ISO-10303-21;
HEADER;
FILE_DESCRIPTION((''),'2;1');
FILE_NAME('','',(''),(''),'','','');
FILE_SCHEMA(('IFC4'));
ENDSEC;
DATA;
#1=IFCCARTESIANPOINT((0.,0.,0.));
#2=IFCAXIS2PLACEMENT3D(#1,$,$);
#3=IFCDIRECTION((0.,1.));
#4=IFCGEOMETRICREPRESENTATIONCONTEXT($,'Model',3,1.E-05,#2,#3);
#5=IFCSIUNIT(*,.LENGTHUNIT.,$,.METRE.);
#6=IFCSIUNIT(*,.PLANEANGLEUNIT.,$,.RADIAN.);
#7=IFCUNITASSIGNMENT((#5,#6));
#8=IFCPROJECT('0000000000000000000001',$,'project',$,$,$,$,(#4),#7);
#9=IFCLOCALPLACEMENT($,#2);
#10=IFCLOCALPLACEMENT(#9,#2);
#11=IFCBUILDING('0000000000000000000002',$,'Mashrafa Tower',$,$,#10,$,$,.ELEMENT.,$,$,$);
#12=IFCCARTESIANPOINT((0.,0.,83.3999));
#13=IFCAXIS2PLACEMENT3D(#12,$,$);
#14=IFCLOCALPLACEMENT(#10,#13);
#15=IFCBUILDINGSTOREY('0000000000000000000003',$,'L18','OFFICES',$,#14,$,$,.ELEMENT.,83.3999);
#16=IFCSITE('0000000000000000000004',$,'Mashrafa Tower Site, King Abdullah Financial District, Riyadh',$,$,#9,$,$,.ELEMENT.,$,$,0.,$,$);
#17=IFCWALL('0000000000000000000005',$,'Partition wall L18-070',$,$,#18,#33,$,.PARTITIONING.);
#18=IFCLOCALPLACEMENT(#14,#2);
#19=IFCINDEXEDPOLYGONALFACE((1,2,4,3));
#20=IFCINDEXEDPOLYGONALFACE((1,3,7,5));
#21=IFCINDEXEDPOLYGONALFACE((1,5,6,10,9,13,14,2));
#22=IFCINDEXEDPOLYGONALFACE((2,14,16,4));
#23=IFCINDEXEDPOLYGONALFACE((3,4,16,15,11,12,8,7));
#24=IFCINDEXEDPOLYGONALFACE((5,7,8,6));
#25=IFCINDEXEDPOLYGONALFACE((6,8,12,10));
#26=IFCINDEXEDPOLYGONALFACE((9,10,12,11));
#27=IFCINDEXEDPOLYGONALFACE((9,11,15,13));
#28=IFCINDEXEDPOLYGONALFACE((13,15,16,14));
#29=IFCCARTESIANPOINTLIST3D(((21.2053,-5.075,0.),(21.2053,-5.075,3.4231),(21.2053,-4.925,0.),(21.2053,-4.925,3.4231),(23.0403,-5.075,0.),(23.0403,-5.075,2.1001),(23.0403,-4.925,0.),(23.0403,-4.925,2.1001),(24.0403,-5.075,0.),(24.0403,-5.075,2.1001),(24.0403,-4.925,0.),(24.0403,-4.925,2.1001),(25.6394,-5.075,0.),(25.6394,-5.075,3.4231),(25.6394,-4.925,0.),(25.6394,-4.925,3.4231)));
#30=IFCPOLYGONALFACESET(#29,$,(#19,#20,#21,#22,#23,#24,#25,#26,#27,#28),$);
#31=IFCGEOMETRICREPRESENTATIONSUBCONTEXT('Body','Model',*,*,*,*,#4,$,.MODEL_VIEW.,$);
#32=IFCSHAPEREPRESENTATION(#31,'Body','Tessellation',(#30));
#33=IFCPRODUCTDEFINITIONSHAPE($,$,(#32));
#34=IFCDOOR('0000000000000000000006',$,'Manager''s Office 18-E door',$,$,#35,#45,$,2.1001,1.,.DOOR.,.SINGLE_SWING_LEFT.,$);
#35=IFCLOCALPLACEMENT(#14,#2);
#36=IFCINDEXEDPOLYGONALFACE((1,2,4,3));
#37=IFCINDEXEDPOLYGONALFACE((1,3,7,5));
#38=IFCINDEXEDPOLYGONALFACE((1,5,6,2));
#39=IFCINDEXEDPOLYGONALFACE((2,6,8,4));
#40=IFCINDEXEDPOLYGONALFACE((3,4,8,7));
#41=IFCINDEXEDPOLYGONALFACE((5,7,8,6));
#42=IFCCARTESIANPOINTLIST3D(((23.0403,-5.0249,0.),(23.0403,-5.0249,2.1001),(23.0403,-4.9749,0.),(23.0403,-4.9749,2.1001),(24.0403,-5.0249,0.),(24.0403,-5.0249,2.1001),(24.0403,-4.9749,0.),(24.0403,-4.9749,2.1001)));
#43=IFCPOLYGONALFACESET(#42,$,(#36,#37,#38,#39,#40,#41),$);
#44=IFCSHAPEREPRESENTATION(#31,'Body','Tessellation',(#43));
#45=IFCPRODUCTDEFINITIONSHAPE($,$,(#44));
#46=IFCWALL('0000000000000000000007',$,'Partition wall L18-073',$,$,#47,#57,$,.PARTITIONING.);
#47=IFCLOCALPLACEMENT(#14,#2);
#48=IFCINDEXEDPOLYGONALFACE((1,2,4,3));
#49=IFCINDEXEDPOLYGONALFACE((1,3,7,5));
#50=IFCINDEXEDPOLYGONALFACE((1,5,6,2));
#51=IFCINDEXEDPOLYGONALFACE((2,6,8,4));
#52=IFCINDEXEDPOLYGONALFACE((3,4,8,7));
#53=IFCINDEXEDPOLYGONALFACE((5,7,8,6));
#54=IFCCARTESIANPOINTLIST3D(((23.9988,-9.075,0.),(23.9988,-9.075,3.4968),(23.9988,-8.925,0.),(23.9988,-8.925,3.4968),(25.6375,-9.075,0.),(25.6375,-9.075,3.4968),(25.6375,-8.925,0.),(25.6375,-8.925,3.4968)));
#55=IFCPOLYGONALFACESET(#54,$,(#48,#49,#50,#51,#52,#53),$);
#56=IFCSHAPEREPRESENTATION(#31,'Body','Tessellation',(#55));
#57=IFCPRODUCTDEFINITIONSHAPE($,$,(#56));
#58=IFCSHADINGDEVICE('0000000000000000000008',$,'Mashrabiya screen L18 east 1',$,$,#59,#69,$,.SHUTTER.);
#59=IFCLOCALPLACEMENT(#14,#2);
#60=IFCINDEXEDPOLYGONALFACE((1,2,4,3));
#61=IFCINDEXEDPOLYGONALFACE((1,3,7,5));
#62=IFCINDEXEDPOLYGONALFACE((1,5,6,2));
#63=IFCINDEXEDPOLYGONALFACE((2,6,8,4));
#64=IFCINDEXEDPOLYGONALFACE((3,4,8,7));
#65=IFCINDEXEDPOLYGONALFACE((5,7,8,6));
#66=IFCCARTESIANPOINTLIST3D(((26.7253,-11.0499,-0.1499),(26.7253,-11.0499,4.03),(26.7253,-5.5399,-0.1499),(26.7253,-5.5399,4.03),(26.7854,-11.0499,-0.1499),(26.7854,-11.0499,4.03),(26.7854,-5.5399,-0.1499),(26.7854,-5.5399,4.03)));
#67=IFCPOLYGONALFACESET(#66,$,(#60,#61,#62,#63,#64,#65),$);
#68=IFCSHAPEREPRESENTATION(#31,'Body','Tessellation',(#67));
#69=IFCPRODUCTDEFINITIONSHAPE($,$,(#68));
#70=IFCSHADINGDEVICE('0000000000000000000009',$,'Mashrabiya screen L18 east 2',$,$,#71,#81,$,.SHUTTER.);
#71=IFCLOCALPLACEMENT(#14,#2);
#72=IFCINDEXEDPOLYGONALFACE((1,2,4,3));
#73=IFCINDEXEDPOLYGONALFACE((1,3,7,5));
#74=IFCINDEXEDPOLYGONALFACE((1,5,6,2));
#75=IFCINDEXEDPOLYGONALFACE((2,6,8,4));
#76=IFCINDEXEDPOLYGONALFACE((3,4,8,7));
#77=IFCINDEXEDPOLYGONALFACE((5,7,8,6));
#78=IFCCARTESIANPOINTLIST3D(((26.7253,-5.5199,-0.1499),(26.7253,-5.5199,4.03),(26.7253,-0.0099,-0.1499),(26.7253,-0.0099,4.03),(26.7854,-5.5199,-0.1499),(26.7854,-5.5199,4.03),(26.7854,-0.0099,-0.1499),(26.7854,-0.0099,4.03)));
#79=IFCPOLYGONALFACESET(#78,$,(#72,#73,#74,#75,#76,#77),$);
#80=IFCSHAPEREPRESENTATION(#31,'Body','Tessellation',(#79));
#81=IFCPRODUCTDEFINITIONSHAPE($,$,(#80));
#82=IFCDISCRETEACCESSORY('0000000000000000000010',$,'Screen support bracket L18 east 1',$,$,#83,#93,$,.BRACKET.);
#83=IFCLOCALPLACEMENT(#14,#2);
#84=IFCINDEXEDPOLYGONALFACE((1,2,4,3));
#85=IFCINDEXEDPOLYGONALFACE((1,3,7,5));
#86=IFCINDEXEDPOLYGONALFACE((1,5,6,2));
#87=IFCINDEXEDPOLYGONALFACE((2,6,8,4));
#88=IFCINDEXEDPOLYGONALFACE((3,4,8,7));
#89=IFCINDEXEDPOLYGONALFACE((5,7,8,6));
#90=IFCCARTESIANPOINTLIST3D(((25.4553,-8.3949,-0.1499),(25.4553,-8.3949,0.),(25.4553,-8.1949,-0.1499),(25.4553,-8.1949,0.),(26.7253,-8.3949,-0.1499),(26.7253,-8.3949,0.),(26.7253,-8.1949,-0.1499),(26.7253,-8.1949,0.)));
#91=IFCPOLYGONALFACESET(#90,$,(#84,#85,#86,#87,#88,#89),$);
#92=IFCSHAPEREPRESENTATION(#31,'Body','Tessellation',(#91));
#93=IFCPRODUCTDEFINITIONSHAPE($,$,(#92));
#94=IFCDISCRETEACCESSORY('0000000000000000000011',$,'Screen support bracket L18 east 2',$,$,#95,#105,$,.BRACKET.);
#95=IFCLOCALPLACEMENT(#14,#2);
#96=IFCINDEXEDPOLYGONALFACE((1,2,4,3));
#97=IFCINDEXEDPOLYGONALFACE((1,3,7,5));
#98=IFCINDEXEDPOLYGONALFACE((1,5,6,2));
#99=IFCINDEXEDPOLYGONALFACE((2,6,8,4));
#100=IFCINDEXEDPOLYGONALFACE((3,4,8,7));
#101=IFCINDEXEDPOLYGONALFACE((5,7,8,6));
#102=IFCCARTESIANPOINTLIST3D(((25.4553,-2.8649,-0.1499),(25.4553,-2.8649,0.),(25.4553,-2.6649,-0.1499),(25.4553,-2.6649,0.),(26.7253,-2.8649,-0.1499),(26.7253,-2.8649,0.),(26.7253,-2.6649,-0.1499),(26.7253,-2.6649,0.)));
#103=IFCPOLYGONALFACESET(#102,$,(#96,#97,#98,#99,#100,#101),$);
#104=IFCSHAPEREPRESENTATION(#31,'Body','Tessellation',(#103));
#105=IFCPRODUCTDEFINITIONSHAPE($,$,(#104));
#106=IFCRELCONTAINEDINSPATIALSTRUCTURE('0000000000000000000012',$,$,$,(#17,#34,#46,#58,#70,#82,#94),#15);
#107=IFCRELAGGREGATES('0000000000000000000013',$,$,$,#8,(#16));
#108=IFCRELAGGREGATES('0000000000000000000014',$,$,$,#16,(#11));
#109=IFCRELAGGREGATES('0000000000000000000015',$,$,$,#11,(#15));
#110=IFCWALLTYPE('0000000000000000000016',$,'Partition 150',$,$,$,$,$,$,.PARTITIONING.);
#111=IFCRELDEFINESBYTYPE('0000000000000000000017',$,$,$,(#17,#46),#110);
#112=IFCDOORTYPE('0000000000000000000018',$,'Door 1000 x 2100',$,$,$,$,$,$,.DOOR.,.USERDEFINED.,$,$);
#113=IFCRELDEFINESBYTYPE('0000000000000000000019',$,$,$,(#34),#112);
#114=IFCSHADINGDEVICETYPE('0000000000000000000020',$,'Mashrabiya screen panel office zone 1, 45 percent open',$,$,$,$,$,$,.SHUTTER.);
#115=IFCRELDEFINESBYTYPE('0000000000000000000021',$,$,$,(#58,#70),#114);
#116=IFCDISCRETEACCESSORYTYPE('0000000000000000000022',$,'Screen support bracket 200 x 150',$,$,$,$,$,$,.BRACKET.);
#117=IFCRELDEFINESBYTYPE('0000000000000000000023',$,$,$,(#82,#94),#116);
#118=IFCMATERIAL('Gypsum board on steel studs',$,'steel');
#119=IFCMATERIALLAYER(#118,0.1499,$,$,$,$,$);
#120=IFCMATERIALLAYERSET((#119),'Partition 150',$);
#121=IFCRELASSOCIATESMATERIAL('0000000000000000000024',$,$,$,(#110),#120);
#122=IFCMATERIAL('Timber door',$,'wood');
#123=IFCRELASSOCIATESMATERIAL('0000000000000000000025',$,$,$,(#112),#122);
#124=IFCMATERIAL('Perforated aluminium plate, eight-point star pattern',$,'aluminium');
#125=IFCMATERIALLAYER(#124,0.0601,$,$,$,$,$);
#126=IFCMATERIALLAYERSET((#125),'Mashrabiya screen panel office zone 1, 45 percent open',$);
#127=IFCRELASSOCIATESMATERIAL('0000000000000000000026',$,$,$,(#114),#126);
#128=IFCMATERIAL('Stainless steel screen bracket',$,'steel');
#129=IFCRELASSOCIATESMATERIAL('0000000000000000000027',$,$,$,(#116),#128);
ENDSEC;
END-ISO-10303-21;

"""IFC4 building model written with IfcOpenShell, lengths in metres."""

from ifc_helpers import new_model, si_unit, direction, frame, frame_2d, origin, origin_2d, place, context, subcontext, project, spatial, rectangle, extrude, source, transform, mapped, material, layer, layer_set, type_object, type_shapes, element, fill, save


model = new_model("IFC4")

# Units and contexts
model_context = context("Model", 3, precision=1e-05, world=origin(), true_north=direction((0.0, 1.0)))
body_context = subcontext(model_context, "Body", "Model", "MODEL_VIEW")
ifc_project = project(units=[si_unit("LENGTHUNIT", "METRE"), si_unit("PLANEANGLEUNIT", "RADIAN")], contexts=[model_context])

# Site, building, storey
site_placement = place(None, origin())
site = spatial("IfcSite", under=ifc_project, at=site_placement, Name="Mashrafa Tower Site, King Abdullah Financial District, Riyadh", CompositionType="ELEMENT", RefElevation=0.0)
building_placement = place(site_placement, origin())
building = spatial("IfcBuilding", under=site, at=building_placement, Name="Mashrafa Tower", CompositionType="ELEMENT")
storey_placement = place(building_placement, frame((0.0, 0.0, 83.3999)))
storey = spatial("IfcBuildingStorey", under=building, at=storey_placement, Name="L18", Description="OFFICES", CompositionType="ELEMENT", Elevation=83.3999)

# Wall, opening, door
ifc_material_1 = material(Name="Gypsum board on steel studs", Category="steel")
ifc_layer_1 = layer(ifc_material_1, 0.1499)
ifc_layer_set_1 = layer_set([ifc_layer_1], Name="Partition 150")
wall_type = type_object("IfcWallType", Name="Partition 150", PredefinedType="PARTITIONING", material=ifc_layer_set_1)
wall_1_placement = place(storey_placement, frame((25.6394, -5.0, 0.0), z_axis=(0.0, 0.0, 1.0), x_axis=(-1.0, 0.0, 0.0)))
wall_1 = element("IfcWall", 1, at=wall_1_placement, inside=storey, type_object=wall_type, Name="Partition wall L18-070", PredefinedType="PARTITIONING", context=body_context, shape_type="SweptSolid", body=[
    extrude(rectangle(XDim=4.4341, YDim=0.1499, at=frame_2d((2.217, 0.0))), origin(), (0.0, 0.0, 1.0), 3.4231),
])
opening_placement = place(wall_1_placement, frame((1.5991, 0.0, 0.0)))
opening = element("IfcOpeningElement", 2, at=opening_placement, cuts=wall_1, PredefinedType="OPENING", context=body_context, shape_type="SweptSolid", body=[
    extrude(rectangle(XDim=1.0, YDim=2.1001, at=frame_2d((0.5, 1.05))), frame((0.0, 0.085, 0.0), z_axis=(0.0, -1.0, 0.0), x_axis=(1.0, 0.0, 0.0)), (0.0, 0.0, 1.0), 0.1699),
])
ifc_material_2 = material(Name="Timber door", Category="wood")
door_type = type_object("IfcDoorType", Name="Door 1000 x 2100", OperationType="USERDEFINED", PredefinedType="DOOR", material=ifc_material_2)
door_placement = place(opening_placement, origin())
door = element("IfcDoor", 3, at=door_placement, inside=storey, type_object=door_type, Name="Manager's Office 18-E door", OperationType="SINGLE_SWING_LEFT", OverallHeight=2.1001, OverallWidth=1.0, PredefinedType="DOOR", context=body_context, shape_type="SweptSolid", body=[
    extrude(rectangle(XDim=1.0, YDim=2.1001, at=frame_2d((0.5, 1.05))), frame((0.0, 0.0249, 0.0), z_axis=(0.0, -1.0, 0.0), x_axis=(1.0, 0.0, 0.0)), (0.0, 0.0, 1.0), 0.05),
])
fill(opening, door)

# Wall
wall_2_placement = place(storey_placement, frame((23.9988, -9.0, 0.0), z_axis=(0.0, 0.0, 1.0), x_axis=(1.0, 0.0, 0.0)))
element("IfcWall", 4, at=wall_2_placement, inside=storey, type_object=wall_type, Name="Partition wall L18-073", PredefinedType="PARTITIONING", context=body_context, shape_type="SweptSolid", body=[
    extrude(rectangle(XDim=1.6387, YDim=0.1499, at=frame_2d((0.8193, 0.0))), origin(), (0.0, 0.0, 1.0), 3.4968),
])

# Shading devices
ifc_material_3 = material(Name="Perforated aluminium plate, eight-point star pattern", Category="aluminium")
ifc_layer_2 = layer(ifc_material_3, 0.0601)
ifc_layer_set_2 = layer_set([ifc_layer_2], Name="Mashrabiya screen panel office zone 1, 45 percent open")
shading_device_type = type_object("IfcShadingDeviceType", Name="Mashrabiya screen panel office zone 1, 45 percent open", PredefinedType="SHUTTER", material=ifc_layer_set_2)
shared_shape_1 = source(origin(), body_context, "Body", "SweptSolid", [
    extrude(rectangle(XDim=5.51, YDim=0.0601, at=origin_2d()), origin(), (0.0, 0.0, 1.0), 4.1799),
])
type_shapes(shading_device_type, [shared_shape_1])
for number, where, z_axis, x_axis, name in (
    (5, (26.7554, -8.2949, -0.1499), (0.0, 0.0, 1.0), (0.0, 1.0, 0.0), "Mashrabiya screen L18 east 1"),
    (6, (26.7554, -2.7649, -0.1499), (0.0, 0.0, 1.0), (0.0, 1.0, 0.0), "Mashrabiya screen L18 east 2"),
):
    element("IfcShadingDevice", number, at=place(storey_placement, frame(where, z_axis=z_axis, x_axis=x_axis)), inside=storey, type_object=shading_device_type, Name=name, PredefinedType="SHUTTER", context=body_context, shape_type="MappedRepresentation", body=[
        mapped(shared_shape_1, transform((0.0, 0.0, 0.0))),
    ])

# Discrete accessories
ifc_material_4 = material(Name="Stainless steel screen bracket", Category="steel")
discrete_accessory_type = type_object("IfcDiscreteAccessoryType", Name="Screen support bracket 200 x 150", PredefinedType="BRACKET", material=ifc_material_4)
shared_shape_2 = source(origin(), body_context, "Body", "SweptSolid", [
    extrude(rectangle(XDim=0.2, YDim=1.27, at=origin_2d()), origin(), (0.0, 0.0, 1.0), 0.1499),
])
type_shapes(discrete_accessory_type, [shared_shape_2])
for number, where, z_axis, x_axis, name in (
    (7, (26.0903, -8.2949, -0.1499), (0.0, 0.0, 1.0), (0.0, 1.0, 0.0), "Screen support bracket L18 east 1"),
    (8, (26.0903, -2.7649, -0.1499), (0.0, 0.0, 1.0), (0.0, 1.0, 0.0), "Screen support bracket L18 east 2"),
):
    element("IfcDiscreteAccessory", number, at=place(storey_placement, frame(where, z_axis=z_axis, x_axis=x_axis)), inside=storey, type_object=discrete_accessory_type, Name=name, PredefinedType="BRACKET", context=body_context, shape_type="MappedRepresentation", body=[
        mapped(shared_shape_2, transform((0.0, 0.0, 0.0))),
    ])

save(model, "model.ifc")
